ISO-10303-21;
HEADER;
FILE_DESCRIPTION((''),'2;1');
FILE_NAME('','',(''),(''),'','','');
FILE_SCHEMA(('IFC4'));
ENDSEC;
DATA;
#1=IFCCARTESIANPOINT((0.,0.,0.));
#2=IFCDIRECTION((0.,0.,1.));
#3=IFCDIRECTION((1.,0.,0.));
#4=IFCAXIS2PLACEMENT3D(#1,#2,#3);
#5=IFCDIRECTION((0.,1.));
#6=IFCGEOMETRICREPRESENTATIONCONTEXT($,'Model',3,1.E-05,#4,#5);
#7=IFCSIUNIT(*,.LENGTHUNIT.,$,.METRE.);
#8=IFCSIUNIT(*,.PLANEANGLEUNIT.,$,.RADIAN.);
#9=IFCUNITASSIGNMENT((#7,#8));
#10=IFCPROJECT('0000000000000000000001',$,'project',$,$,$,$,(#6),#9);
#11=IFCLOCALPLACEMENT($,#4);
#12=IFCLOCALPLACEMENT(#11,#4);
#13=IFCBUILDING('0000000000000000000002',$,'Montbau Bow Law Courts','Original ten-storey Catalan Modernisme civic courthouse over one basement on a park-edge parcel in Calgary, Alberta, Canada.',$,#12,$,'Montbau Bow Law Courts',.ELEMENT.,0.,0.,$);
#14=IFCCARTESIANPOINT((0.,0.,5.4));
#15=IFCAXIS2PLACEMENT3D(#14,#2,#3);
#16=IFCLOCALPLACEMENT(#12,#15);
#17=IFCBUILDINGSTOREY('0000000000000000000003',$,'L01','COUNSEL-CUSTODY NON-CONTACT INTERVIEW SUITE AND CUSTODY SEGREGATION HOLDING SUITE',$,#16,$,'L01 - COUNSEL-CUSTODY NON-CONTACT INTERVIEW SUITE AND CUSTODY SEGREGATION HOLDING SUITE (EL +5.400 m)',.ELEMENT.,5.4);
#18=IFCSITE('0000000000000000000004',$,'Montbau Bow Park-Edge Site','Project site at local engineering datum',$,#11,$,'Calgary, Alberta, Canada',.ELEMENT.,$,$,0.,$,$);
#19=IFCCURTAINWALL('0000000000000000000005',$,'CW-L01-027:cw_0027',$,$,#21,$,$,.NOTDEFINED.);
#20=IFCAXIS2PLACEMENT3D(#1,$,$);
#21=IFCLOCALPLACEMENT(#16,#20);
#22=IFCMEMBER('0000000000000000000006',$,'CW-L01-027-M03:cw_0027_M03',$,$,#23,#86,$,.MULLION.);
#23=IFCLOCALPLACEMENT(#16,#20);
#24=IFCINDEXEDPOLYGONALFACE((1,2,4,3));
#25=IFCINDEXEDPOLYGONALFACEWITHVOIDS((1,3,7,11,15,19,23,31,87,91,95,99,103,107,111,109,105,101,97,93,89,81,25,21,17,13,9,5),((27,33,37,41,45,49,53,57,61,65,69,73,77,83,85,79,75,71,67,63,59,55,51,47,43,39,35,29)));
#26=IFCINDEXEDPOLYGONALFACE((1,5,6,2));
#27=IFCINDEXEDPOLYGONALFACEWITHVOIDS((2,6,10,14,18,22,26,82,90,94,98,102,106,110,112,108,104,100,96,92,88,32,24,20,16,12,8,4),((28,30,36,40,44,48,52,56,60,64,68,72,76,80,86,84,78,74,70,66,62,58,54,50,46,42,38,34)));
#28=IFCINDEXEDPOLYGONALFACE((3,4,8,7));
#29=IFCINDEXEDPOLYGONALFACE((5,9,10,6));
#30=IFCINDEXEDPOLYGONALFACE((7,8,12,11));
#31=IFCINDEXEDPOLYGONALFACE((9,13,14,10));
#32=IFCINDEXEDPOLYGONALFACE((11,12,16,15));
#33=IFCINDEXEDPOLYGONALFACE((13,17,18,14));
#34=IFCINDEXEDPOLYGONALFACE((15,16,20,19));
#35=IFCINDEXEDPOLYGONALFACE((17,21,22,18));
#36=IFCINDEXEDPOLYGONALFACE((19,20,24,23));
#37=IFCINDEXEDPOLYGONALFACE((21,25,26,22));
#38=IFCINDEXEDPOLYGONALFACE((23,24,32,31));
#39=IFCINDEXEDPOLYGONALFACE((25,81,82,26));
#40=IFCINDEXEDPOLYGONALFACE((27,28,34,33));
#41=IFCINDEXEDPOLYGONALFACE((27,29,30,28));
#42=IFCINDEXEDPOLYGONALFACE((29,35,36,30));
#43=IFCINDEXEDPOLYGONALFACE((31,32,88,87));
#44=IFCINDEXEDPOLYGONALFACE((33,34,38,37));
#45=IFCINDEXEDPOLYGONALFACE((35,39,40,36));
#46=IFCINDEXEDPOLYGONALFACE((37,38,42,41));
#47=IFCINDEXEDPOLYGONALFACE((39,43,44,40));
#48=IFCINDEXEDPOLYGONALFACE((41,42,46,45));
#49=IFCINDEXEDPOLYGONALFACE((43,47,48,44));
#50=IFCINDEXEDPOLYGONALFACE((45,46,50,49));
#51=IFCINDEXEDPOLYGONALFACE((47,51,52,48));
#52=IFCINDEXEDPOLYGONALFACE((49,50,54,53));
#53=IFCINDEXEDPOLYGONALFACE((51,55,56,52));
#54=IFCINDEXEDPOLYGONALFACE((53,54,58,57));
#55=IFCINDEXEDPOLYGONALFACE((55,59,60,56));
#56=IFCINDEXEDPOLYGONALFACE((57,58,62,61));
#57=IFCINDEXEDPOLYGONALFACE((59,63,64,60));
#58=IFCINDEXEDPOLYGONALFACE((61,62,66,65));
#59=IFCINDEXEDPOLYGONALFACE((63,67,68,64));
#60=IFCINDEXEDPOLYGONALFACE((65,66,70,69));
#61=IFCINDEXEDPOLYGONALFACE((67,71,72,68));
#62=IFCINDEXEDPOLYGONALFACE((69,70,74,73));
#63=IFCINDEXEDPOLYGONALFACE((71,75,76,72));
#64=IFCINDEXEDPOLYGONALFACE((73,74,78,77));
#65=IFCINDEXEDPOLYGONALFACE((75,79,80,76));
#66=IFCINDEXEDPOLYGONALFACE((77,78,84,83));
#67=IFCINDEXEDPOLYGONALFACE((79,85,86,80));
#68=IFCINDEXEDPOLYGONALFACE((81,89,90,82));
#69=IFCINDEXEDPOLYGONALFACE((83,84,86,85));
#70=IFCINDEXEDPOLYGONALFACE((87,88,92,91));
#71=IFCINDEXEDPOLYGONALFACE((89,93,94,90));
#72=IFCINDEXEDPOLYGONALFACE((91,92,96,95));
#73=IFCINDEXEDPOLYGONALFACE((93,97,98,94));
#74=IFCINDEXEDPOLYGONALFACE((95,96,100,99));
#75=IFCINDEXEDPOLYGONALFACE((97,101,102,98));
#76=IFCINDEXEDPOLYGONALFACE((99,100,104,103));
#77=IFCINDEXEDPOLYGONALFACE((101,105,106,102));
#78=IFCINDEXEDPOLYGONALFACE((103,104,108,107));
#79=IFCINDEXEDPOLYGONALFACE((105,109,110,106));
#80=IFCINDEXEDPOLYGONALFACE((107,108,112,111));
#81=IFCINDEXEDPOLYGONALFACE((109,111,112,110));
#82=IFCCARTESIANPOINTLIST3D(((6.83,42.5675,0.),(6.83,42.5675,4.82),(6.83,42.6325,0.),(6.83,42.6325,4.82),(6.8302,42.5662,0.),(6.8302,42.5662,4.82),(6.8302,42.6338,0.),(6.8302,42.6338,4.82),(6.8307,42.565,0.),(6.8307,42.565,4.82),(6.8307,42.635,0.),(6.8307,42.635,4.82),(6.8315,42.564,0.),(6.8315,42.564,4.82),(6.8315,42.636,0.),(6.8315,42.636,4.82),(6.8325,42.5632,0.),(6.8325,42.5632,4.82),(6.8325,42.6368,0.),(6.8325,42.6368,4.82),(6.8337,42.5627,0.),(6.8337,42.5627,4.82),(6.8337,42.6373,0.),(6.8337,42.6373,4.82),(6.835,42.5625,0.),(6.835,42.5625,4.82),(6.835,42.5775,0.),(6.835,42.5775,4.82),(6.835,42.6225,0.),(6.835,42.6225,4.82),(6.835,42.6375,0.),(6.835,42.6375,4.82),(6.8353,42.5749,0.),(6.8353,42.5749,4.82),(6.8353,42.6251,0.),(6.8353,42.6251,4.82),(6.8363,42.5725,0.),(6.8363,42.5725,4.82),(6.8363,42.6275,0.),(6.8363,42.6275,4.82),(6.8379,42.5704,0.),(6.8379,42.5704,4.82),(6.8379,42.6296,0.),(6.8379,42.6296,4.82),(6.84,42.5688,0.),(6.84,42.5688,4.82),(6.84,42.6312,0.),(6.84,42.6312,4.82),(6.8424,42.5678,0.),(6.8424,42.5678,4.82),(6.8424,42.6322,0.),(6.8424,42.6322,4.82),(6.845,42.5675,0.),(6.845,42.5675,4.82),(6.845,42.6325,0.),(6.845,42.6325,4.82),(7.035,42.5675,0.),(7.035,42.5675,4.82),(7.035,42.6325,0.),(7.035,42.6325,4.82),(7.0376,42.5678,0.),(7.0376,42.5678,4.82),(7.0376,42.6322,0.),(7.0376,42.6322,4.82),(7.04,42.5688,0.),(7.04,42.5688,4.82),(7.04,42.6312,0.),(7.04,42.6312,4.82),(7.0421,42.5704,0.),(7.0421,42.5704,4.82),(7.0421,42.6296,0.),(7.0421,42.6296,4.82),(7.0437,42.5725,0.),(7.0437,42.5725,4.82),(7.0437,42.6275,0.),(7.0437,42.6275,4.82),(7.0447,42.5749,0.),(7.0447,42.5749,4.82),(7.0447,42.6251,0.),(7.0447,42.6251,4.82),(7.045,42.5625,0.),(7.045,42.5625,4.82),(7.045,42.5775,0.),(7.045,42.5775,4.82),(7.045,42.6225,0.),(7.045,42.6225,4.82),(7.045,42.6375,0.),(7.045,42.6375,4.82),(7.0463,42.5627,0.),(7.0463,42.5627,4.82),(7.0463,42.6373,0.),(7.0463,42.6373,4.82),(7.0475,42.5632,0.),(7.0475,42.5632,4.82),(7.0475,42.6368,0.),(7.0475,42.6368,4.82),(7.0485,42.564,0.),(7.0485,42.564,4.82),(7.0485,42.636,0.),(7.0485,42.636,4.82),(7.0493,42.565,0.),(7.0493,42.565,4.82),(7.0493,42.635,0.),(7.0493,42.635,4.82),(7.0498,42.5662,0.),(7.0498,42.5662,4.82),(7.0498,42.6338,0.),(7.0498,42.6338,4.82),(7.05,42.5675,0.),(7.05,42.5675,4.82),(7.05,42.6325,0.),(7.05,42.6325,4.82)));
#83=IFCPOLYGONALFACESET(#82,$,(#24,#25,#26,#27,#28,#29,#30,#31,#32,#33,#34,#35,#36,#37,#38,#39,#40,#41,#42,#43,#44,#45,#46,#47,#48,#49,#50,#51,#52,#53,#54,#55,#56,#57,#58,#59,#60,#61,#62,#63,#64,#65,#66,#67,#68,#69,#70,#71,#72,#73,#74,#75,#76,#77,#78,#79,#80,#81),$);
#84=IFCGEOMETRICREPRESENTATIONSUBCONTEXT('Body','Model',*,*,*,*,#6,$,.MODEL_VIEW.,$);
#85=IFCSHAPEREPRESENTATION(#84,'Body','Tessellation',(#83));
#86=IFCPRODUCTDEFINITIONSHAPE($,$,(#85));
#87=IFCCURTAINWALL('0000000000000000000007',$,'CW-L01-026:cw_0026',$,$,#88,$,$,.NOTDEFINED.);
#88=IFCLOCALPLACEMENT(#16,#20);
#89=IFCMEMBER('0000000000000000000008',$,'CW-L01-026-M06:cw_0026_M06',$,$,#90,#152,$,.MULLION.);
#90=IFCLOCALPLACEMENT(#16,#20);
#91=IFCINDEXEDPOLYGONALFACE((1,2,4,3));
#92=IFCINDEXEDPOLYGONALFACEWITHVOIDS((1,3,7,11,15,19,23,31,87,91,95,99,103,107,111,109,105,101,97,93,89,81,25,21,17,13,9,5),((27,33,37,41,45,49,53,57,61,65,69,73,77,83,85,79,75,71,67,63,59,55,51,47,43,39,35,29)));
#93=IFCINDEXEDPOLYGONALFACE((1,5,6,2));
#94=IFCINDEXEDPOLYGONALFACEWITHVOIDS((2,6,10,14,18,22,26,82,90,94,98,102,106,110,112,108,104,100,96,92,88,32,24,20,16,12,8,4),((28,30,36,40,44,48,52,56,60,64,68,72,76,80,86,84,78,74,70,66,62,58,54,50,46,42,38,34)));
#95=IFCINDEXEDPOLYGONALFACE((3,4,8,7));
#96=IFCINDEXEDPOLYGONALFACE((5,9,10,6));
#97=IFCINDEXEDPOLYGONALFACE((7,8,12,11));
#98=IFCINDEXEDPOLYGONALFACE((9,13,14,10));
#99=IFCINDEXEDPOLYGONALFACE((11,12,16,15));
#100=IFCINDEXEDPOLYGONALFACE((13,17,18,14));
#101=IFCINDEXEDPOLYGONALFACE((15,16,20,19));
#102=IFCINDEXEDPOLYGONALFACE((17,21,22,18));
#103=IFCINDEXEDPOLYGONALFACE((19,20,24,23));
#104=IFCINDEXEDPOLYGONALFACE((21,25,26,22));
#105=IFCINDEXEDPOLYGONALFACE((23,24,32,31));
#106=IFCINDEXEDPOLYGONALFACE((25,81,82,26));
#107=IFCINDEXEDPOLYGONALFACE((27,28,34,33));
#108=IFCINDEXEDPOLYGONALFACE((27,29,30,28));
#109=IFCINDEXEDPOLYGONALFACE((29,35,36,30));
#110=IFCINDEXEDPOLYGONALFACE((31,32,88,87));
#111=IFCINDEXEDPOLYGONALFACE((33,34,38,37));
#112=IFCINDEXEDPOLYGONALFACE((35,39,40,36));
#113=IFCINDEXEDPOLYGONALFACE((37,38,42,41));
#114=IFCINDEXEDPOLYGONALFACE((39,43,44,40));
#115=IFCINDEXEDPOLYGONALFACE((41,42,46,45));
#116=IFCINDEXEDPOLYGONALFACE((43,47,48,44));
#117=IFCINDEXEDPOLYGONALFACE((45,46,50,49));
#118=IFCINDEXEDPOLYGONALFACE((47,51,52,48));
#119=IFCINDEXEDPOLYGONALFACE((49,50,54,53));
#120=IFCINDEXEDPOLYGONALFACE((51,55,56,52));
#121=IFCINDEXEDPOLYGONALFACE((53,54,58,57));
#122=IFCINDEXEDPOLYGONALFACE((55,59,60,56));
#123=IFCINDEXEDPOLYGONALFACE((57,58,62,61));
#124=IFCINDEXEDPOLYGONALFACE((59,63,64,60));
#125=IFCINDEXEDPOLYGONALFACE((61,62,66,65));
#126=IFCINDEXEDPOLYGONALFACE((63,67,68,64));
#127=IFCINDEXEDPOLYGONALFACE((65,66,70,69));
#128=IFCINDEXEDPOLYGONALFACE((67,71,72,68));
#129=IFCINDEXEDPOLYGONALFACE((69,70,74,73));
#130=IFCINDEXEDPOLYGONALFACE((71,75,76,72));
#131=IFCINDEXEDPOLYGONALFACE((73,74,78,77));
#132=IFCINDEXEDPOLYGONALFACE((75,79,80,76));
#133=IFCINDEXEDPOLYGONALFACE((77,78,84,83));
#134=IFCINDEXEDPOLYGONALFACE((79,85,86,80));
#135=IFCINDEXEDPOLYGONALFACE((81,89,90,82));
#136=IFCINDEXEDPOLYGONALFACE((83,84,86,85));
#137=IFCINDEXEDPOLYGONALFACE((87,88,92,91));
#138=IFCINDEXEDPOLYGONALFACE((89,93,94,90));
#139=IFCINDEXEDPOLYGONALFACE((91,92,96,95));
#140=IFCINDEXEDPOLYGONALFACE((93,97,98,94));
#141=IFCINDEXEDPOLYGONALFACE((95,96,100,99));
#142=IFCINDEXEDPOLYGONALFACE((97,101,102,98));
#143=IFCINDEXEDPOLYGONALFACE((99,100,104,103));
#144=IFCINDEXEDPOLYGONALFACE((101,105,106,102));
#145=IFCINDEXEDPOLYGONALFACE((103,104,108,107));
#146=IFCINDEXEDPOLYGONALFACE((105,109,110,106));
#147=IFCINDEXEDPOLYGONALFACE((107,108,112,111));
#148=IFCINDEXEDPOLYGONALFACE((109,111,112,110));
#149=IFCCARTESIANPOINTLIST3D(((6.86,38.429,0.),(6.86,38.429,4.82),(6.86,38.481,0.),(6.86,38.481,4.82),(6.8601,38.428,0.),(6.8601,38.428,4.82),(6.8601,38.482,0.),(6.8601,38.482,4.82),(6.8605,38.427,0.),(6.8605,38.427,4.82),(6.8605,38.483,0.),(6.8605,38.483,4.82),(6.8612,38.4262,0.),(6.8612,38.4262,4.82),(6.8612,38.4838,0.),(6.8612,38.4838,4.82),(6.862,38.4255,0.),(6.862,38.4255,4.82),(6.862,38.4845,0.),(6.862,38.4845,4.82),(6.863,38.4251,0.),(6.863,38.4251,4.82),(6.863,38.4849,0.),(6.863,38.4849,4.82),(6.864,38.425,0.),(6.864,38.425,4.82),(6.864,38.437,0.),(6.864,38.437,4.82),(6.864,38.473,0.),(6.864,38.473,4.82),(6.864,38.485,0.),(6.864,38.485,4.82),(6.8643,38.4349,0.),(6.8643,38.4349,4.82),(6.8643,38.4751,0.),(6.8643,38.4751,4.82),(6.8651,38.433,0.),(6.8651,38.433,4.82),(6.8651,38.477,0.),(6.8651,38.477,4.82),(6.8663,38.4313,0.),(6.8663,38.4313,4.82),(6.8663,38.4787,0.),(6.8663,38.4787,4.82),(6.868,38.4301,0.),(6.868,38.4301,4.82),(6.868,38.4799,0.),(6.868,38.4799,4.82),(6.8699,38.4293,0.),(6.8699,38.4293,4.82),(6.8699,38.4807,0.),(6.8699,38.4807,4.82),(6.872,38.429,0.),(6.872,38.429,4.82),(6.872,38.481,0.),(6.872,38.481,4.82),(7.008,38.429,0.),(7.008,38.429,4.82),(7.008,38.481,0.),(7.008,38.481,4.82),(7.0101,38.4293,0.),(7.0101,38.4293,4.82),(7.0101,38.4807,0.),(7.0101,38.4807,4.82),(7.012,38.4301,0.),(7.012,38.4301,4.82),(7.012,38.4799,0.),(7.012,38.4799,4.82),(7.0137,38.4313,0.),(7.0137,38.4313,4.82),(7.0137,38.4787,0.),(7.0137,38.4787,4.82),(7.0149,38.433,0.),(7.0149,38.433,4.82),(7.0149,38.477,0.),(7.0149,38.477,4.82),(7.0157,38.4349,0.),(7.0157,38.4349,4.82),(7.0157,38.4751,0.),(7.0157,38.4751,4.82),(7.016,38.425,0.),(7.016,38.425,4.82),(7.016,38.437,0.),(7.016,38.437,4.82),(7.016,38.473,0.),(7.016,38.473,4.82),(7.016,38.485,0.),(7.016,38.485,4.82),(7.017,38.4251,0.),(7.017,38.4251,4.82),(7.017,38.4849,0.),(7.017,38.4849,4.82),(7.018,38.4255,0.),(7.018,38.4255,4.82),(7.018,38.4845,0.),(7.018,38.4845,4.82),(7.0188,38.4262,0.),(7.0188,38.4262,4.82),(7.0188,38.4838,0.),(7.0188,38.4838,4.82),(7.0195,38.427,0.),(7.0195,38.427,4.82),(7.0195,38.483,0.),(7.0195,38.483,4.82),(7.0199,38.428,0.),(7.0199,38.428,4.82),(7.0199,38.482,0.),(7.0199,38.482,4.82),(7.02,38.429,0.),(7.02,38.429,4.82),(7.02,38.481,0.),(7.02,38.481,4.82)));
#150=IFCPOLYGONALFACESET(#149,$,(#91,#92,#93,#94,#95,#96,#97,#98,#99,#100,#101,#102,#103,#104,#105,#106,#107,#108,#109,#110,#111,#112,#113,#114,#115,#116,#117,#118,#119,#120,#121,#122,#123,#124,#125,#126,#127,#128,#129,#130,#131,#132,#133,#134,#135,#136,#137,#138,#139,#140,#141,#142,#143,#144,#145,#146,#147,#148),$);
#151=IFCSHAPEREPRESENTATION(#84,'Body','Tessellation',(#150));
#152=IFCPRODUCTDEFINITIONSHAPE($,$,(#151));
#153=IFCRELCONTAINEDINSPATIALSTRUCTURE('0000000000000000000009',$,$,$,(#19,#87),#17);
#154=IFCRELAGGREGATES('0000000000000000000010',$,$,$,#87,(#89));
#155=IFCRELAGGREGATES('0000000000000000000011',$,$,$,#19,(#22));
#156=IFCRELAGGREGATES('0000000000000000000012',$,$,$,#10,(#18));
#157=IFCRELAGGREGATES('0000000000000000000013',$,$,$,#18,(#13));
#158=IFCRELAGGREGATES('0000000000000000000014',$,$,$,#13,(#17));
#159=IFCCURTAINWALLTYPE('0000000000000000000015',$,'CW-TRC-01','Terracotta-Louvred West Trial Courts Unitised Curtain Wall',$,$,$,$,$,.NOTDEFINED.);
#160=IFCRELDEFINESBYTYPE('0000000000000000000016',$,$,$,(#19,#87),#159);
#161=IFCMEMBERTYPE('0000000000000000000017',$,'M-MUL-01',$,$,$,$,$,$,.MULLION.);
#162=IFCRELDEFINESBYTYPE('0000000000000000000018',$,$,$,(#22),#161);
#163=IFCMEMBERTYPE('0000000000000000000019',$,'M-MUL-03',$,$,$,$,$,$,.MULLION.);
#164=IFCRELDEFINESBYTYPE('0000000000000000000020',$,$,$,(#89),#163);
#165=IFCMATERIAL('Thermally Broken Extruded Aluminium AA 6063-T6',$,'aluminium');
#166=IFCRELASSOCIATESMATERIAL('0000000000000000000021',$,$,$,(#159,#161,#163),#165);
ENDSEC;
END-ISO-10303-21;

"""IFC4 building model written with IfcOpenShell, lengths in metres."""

from ifc_helpers import new_model, si_unit, direction, frame, origin_with_axes, origin_2d_with_axis, place, context, subcontext, project, spatial, hollow_rectangle, extrude, material, material_profile, profile_set, type_object, element, aggregate, save


model = new_model("IFC4")

# Units and contexts
model_context = context("Model", 3, precision=1e-05, world=origin_with_axes(), true_north=direction((0.0, 1.0)))
body_context = subcontext(model_context, "Body", "Model", "MODEL_VIEW")
ifc_project = project(units=[si_unit("LENGTHUNIT", "METRE"), si_unit("PLANEANGLEUNIT", "RADIAN")], contexts=[model_context])

# Site, building, storey
site_placement = place(None, origin_with_axes())
site = spatial("IfcSite", under=ifc_project, at=site_placement, Name="Montbau Bow Park-Edge Site", Description="Project site at local engineering datum", LongName="Calgary, Alberta, Canada", CompositionType="ELEMENT", RefElevation=0.0)
building_placement = place(site_placement, origin_with_axes())
building = spatial("IfcBuilding", under=site, at=building_placement, Name="Montbau Bow Law Courts", Description="Original ten-storey Catalan Modernisme civic courthouse over one basement on a park-edge parcel in Calgary, Alberta, Canada.", LongName="Montbau Bow Law Courts", CompositionType="ELEMENT", ElevationOfRefHeight=0.0, ElevationOfTerrain=0.0)
storey_placement = place(building_placement, frame((0.0, 0.0, 5.4), z_axis=(0.0, 0.0, 1.0), x_axis=(1.0, 0.0, 0.0)))
storey = spatial("IfcBuildingStorey", under=building, at=storey_placement, Name="L01", Description="COUNSEL-CUSTODY NON-CONTACT INTERVIEW SUITE AND CUSTODY SEGREGATION HOLDING SUITE", LongName="L01 - COUNSEL-CUSTODY NON-CONTACT INTERVIEW SUITE AND CUSTODY SEGREGATION HOLDING SUITE (EL +5.400 m)", CompositionType="ELEMENT", Elevation=5.4)

# Curtain walls, members
ifc_material_1 = material(Name="Thermally Broken Extruded Aluminium AA 6063-T6", Category="aluminium")
curtain_wall_type = type_object("IfcCurtainWallType", Name="CW-TRC-01", Description="Terracotta-Louvred West Trial Courts Unitised Curtain Wall", PredefinedType="NOTDEFINED", material=ifc_material_1)
curtain_wall_1_placement = place(None, frame((6.94, 39.515, 5.4), z_axis=(0.0, 0.0, 1.0), x_axis=(1.0, 0.0, 0.0)))
curtain_wall_1 = element("IfcCurtainWall", 1, at=curtain_wall_1_placement, inside=storey, type_object=curtain_wall_type, Name="CW-L01-027:cw_0027", PredefinedType="NOTDEFINED")
ifc_material_profile_1 = material_profile(ifc_material_1, hollow_rectangle(XDim=0.075, YDim=0.22, WallThickness=0.005, InnerFilletRadius=0.01, OuterFilletRadius=0.005, at=origin_2d_with_axis()), Name="CWM-220X75", Category="Main", Priority=0)
ifc_profile_set_1 = profile_set([ifc_material_profile_1], Name="Thermally Broken Extruded Aluminium AA 6063-T6")
member_type_1 = type_object("IfcMemberType", Name="M-MUL-01", PredefinedType="MULLION", material=ifc_profile_set_1)
member_1_placement = place(None, frame((6.94, 42.6, 5.4), z_axis=(0.0, 0.0, 1.0), x_axis=(0.0, 1.0, 0.0)))
member_1 = element("IfcMember", 2, at=member_1_placement, type_object=member_type_1, Name="CW-L01-027-M03:cw_0027_M03", PredefinedType="MULLION", context=body_context, shape_type="SweptSolid", body=[
    extrude(hollow_rectangle(XDim=0.075, YDim=0.22, WallThickness=0.005, InnerFilletRadius=0.01, OuterFilletRadius=0.005, at=origin_2d_with_axis()), origin_with_axes(), (0.0, 0.0, 1.0), 4.82),
])
curtain_wall_2_placement = place(None, frame((6.94, 31.115, 5.4), z_axis=(0.0, 0.0, 1.0), x_axis=(1.0, 0.0, 0.0)))
curtain_wall_2 = element("IfcCurtainWall", 3, at=curtain_wall_2_placement, inside=storey, type_object=curtain_wall_type, Name="CW-L01-026:cw_0026", PredefinedType="NOTDEFINED")
ifc_material_profile_2 = material_profile(ifc_material_1, hollow_rectangle(XDim=0.06, YDim=0.16, WallThickness=0.004, InnerFilletRadius=0.008, OuterFilletRadius=0.004, at=origin_2d_with_axis()), Name="CWM-160X60", Category="Main", Priority=0)
ifc_profile_set_2 = profile_set([ifc_material_profile_2], Name="Thermally Broken Extruded Aluminium AA 6063-T6")
member_type_2 = type_object("IfcMemberType", Name="M-MUL-03", PredefinedType="MULLION", material=ifc_profile_set_2)
member_2_placement = place(None, frame((6.94, 38.455, 5.4), z_axis=(0.0, 0.0, 1.0), x_axis=(0.0, 1.0, 0.0)))
member_2 = element("IfcMember", 4, at=member_2_placement, type_object=member_type_2, Name="CW-L01-026-M06:cw_0026_M06", PredefinedType="MULLION", context=body_context, shape_type="SweptSolid", body=[
    extrude(hollow_rectangle(XDim=0.06, YDim=0.16, WallThickness=0.004, InnerFilletRadius=0.008, OuterFilletRadius=0.004, at=origin_2d_with_axis()), origin_with_axes(), (0.0, 0.0, 1.0), 4.82),
])
aggregate(curtain_wall_2, [member_2])

aggregate(curtain_wall_1, [member_1])

save(model, "model.ifc")
